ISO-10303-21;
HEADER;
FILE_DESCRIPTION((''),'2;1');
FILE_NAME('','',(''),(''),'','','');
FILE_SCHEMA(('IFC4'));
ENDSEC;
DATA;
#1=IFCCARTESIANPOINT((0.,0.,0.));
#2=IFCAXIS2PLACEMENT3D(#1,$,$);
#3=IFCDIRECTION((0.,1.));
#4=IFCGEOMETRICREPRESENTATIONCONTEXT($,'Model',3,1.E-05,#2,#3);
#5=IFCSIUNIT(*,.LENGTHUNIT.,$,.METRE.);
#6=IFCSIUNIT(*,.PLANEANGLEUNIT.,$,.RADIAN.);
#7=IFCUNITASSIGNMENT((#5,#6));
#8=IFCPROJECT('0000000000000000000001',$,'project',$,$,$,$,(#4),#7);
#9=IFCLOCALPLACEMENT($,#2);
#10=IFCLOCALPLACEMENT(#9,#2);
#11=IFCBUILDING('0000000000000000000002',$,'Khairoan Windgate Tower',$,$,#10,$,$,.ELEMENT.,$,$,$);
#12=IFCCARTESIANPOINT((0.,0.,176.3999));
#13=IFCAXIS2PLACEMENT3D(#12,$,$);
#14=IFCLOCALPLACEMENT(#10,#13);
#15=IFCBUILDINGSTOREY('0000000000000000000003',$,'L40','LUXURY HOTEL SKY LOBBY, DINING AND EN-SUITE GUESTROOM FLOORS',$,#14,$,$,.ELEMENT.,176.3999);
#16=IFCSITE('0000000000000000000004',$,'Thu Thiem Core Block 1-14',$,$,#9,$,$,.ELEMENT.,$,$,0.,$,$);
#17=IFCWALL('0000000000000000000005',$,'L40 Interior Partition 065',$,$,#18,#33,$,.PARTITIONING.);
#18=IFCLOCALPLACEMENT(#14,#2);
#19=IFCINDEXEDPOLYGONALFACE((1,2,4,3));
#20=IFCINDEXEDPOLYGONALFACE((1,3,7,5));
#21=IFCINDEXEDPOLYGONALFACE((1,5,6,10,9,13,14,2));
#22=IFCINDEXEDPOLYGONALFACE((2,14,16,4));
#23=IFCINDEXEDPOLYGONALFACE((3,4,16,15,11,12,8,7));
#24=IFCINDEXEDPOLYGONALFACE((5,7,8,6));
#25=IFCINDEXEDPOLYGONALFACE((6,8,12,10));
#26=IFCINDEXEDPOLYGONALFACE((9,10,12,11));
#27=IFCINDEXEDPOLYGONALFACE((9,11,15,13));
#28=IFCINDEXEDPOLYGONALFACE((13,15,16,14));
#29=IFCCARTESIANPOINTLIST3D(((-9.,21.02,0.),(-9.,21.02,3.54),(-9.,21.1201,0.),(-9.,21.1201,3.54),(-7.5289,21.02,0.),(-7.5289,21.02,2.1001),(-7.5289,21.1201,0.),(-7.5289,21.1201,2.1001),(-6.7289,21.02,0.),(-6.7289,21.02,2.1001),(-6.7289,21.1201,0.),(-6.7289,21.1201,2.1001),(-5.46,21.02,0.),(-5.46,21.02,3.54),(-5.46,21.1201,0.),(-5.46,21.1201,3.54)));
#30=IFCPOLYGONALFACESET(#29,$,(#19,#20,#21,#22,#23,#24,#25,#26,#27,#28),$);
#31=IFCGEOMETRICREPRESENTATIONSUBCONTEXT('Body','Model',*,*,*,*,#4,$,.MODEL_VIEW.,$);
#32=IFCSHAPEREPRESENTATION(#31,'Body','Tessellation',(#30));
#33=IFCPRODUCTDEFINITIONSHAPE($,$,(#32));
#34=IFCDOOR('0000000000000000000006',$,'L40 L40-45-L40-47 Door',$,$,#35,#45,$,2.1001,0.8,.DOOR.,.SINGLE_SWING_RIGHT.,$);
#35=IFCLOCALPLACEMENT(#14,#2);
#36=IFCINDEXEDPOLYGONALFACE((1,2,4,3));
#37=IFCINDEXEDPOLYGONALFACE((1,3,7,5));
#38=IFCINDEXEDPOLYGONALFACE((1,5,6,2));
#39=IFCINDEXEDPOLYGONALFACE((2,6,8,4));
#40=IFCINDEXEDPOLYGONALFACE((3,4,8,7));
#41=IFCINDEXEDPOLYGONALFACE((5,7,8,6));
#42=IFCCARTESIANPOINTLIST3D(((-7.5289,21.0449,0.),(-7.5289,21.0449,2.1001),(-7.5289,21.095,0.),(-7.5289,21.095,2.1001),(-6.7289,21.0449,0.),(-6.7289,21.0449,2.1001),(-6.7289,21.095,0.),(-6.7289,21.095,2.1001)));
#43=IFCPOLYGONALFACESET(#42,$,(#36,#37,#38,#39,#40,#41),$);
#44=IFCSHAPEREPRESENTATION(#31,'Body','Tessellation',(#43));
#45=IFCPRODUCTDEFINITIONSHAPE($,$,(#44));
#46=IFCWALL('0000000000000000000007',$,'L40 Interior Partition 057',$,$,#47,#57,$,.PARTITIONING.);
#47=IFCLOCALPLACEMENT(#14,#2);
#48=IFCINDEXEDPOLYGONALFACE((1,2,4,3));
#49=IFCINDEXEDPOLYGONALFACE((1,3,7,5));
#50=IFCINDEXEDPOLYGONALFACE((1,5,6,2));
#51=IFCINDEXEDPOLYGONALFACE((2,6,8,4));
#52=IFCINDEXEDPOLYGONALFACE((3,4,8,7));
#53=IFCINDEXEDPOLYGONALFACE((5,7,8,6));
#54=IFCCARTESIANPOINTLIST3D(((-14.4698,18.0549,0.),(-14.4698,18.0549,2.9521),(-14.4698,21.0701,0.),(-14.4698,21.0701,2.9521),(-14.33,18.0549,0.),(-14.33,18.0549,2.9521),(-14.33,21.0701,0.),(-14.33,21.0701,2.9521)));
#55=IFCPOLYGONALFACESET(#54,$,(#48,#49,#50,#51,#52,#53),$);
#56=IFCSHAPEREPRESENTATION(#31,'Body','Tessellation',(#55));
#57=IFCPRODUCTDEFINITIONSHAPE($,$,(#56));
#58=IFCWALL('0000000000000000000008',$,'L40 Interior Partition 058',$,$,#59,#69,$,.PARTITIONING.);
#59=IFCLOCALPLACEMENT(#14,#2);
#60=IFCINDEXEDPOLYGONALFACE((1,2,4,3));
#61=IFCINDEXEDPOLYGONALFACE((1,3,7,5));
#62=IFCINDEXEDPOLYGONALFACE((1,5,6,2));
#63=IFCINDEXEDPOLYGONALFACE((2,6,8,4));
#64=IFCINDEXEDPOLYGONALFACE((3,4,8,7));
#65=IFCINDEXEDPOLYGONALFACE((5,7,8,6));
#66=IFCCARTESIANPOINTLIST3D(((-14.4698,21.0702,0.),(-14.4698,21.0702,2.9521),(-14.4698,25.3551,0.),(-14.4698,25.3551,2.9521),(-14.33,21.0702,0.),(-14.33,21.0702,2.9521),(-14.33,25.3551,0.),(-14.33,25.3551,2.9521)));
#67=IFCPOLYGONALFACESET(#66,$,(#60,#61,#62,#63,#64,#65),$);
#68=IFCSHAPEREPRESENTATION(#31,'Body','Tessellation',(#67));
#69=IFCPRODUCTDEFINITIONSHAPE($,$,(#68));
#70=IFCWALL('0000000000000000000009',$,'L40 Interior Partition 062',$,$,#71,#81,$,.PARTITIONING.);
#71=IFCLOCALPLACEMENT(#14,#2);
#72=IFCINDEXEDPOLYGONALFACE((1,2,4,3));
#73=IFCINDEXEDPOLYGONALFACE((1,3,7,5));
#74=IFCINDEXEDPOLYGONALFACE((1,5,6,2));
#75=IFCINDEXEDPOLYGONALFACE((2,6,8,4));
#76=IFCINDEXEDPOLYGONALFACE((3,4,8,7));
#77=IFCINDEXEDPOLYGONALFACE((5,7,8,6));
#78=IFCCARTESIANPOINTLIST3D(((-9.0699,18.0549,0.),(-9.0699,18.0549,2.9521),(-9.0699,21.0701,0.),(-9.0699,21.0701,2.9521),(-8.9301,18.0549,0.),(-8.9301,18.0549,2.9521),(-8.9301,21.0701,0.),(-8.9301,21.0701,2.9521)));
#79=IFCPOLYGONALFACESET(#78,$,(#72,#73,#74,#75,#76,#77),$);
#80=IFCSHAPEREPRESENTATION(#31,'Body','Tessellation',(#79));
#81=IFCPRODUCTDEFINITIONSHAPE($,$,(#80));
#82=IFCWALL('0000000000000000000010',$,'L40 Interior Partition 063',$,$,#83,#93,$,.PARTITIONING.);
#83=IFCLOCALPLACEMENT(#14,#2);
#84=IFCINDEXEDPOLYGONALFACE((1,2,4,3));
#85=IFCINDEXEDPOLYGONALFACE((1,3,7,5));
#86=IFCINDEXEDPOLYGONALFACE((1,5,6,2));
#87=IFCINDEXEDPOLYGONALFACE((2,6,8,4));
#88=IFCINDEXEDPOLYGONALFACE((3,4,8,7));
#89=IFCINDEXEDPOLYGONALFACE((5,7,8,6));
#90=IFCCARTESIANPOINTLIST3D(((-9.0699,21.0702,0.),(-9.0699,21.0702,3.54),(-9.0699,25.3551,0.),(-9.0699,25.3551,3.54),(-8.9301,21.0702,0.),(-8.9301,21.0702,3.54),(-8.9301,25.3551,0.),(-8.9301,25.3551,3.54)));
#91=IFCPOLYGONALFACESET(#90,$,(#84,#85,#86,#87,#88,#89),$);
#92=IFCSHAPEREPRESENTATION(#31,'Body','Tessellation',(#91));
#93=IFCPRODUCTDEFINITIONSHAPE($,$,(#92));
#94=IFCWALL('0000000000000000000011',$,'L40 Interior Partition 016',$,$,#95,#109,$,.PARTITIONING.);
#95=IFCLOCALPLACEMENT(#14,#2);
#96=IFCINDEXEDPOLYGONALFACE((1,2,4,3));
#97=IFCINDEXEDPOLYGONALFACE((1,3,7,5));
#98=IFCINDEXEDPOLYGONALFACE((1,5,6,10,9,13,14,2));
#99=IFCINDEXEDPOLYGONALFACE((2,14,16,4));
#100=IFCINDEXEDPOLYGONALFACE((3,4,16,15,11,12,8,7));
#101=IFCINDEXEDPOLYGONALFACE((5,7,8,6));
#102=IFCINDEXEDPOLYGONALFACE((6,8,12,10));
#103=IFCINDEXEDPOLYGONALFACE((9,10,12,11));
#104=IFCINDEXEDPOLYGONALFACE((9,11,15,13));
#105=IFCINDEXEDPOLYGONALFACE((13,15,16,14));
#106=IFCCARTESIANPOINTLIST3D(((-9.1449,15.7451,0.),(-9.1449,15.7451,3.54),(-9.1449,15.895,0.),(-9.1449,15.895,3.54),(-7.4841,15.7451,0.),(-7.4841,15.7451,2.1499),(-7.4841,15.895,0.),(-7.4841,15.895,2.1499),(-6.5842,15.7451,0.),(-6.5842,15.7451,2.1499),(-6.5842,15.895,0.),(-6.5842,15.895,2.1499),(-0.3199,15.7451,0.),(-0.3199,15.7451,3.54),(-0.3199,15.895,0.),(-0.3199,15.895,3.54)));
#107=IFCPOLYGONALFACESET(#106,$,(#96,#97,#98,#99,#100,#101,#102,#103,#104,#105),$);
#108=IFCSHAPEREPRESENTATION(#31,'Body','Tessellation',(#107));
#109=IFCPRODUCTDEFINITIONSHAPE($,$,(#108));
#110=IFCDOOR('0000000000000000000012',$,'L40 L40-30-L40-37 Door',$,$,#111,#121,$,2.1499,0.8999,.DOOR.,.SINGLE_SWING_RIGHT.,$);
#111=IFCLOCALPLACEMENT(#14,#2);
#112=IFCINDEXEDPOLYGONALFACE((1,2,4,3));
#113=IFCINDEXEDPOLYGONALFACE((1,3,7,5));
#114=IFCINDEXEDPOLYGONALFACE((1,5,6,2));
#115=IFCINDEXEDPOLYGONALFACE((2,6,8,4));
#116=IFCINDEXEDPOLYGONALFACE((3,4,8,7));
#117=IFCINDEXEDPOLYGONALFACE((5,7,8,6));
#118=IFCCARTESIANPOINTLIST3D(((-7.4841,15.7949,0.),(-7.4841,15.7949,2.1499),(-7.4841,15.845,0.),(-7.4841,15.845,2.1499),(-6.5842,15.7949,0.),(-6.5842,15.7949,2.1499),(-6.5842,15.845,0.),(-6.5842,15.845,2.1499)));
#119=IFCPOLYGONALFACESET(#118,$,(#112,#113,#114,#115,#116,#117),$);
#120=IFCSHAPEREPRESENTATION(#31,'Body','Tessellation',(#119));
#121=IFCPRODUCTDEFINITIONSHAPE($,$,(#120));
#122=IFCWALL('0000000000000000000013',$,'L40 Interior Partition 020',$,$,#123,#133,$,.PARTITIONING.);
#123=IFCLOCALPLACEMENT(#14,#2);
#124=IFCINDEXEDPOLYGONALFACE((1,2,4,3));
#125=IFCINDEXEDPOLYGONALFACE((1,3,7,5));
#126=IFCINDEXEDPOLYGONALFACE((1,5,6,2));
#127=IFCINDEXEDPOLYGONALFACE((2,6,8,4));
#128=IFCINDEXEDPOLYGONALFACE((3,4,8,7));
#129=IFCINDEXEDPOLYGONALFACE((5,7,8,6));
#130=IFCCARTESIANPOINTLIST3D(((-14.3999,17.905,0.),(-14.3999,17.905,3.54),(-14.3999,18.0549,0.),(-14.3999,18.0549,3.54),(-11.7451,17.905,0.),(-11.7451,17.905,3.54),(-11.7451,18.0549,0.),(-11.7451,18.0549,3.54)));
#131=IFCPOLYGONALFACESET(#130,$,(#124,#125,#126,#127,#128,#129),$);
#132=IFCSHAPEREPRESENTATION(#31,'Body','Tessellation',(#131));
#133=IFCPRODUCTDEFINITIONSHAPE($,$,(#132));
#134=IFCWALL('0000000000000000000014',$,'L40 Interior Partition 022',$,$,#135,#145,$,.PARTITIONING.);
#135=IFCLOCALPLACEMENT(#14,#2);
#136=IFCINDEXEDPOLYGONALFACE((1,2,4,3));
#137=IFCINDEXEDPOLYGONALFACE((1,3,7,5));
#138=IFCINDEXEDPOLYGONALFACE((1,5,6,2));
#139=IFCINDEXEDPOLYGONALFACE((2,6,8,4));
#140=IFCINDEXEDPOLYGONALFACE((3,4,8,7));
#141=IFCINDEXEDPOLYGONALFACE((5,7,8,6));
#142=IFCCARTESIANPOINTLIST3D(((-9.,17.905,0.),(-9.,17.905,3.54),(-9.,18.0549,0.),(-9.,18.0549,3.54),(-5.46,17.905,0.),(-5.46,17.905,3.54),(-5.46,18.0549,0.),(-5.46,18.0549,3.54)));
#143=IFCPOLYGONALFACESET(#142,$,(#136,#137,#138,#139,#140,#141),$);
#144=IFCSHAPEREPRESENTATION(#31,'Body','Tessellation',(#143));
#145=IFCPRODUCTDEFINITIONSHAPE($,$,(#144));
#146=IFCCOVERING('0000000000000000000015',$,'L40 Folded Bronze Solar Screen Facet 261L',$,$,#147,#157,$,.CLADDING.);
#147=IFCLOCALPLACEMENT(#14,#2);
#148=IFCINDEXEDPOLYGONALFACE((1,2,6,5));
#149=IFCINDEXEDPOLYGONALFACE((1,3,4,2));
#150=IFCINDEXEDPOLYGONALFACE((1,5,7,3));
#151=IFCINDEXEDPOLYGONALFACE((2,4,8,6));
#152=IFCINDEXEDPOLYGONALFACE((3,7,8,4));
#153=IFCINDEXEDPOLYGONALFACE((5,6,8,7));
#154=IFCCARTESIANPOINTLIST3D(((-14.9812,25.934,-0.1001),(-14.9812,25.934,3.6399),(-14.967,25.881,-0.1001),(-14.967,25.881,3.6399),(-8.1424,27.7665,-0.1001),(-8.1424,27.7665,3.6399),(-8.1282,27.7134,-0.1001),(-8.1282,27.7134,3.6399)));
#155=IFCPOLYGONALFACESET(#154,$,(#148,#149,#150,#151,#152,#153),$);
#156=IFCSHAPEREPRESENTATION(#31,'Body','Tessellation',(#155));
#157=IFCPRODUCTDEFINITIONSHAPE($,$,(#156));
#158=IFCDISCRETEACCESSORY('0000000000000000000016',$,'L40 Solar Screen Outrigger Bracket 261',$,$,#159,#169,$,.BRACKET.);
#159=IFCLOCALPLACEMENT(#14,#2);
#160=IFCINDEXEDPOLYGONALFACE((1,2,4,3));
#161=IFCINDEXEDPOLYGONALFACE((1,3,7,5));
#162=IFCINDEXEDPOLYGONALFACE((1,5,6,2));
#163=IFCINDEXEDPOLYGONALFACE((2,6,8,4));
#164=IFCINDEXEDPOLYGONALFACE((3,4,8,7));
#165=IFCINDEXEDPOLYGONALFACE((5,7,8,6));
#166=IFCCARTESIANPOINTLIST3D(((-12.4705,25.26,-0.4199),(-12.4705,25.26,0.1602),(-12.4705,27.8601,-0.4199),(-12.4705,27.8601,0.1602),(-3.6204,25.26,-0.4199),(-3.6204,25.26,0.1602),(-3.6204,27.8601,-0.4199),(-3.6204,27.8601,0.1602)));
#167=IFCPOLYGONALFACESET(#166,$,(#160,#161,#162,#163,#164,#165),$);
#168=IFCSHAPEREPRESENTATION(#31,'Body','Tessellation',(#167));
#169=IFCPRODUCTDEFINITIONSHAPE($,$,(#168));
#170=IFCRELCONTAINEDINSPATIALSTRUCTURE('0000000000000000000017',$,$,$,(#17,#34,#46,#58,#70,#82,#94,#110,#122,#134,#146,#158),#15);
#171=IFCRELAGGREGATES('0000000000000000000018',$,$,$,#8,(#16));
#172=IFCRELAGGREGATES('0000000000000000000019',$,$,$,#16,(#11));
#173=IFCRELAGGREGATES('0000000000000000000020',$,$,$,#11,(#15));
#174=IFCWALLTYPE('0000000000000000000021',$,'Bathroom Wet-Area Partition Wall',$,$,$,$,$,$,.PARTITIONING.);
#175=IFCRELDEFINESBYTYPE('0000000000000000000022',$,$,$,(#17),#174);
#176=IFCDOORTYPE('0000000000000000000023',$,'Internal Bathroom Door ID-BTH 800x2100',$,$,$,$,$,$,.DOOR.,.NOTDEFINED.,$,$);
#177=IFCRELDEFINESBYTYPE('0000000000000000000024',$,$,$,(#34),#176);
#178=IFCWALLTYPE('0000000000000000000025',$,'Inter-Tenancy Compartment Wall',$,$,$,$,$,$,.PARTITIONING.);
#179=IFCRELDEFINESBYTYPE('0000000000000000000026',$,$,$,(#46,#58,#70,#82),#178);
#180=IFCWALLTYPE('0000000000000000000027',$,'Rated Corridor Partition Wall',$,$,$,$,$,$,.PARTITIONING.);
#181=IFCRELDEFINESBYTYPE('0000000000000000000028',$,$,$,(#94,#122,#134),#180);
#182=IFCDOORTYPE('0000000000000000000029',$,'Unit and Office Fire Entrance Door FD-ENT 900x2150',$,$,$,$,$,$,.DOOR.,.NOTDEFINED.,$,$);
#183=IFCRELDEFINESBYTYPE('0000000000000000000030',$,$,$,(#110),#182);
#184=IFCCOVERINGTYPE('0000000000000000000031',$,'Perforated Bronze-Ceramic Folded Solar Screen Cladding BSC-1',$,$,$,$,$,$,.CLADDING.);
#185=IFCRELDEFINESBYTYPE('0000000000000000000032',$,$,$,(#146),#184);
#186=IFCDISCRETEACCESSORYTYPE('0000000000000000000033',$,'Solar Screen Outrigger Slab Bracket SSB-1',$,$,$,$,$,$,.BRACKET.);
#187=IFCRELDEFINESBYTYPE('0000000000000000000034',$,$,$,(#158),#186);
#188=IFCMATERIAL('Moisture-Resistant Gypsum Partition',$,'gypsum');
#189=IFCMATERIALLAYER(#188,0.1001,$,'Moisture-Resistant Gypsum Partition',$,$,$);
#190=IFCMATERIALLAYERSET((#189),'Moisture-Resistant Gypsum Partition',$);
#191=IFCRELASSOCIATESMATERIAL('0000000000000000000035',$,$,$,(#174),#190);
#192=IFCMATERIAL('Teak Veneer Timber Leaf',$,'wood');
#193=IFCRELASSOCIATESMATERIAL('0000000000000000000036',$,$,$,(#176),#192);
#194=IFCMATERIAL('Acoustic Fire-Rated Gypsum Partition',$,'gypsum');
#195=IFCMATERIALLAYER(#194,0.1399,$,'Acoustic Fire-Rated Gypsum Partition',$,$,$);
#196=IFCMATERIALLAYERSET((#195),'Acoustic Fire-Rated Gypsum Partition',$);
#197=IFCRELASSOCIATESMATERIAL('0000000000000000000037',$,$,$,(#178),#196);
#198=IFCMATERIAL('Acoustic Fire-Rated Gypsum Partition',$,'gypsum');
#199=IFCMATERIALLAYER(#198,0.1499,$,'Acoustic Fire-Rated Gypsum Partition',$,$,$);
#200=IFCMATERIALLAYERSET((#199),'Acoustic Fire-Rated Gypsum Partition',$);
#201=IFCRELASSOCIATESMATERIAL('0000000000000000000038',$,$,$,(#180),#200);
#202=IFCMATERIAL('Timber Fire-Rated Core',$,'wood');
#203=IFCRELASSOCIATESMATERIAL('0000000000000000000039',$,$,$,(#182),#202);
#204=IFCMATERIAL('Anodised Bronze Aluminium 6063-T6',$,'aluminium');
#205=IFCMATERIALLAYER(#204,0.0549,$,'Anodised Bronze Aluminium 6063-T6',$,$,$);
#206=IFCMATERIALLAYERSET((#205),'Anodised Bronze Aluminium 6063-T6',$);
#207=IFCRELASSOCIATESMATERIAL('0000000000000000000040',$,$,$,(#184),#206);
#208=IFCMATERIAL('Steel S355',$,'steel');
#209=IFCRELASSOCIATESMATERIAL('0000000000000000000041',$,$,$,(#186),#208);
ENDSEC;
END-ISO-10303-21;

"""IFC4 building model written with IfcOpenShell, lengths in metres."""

from ifc_helpers import new_model, si_unit, direction, frame, frame_2d, origin, origin_2d, place, context, subcontext, project, spatial, rectangle, extrude, material, layer, layer_set, type_object, element, fill, save


model = new_model("IFC4")

# Units and contexts
model_context = context("Model", 3, precision=1e-05, world=origin(), true_north=direction((0.0, 1.0)))
body_context = subcontext(model_context, "Body", "Model", "MODEL_VIEW")
ifc_project = project(units=[si_unit("LENGTHUNIT", "METRE"), si_unit("PLANEANGLEUNIT", "RADIAN")], contexts=[model_context])

# Site, building, storey
site_placement = place(None, origin())
site = spatial("IfcSite", under=ifc_project, at=site_placement, Name="Thu Thiem Core Block 1-14", CompositionType="ELEMENT", RefElevation=0.0)
building_placement = place(site_placement, origin())
building = spatial("IfcBuilding", under=site, at=building_placement, Name="Khairoan Windgate Tower", CompositionType="ELEMENT")
storey_placement = place(building_placement, frame((0.0, 0.0, 176.3999)))
storey = spatial("IfcBuildingStorey", under=building, at=storey_placement, Name="L40", Description="LUXURY HOTEL SKY LOBBY, DINING AND EN-SUITE GUESTROOM FLOORS", CompositionType="ELEMENT", Elevation=176.3999)

# Wall, opening, door
ifc_material_1 = material(Name="Moisture-Resistant Gypsum Partition", Category="gypsum")
ifc_layer_1 = layer(ifc_material_1, 0.1001, Name="Moisture-Resistant Gypsum Partition")
ifc_layer_set_1 = layer_set([ifc_layer_1], Name="Moisture-Resistant Gypsum Partition")
wall_type_1 = type_object("IfcWallType", Name="Bathroom Wet-Area Partition Wall", PredefinedType="PARTITIONING", material=ifc_layer_set_1)
ifc_material_2 = material(Name="Teak Veneer Timber Leaf", Category="wood")
door_type_1 = type_object("IfcDoorType", Name="Internal Bathroom Door ID-BTH 800x2100", OperationType="NOTDEFINED", PredefinedType="DOOR", material=ifc_material_2)
wall_1_placement = place(storey_placement, frame((-9.0, 21.0701, 0.0), z_axis=(0.0, 0.0, 1.0), x_axis=(1.0, 0.0, 0.0)))
wall_1 = element("IfcWall", 1, at=wall_1_placement, inside=storey, type_object=wall_type_1, Name="L40 Interior Partition 065", PredefinedType="PARTITIONING", context=body_context, shape_type="SweptSolid", body=[
    extrude(rectangle(XDim=3.54, YDim=0.1001, at=frame_2d((1.77, 0.0))), origin(), (0.0, 0.0, 1.0), 3.54),
])
opening_1_placement = place(wall_1_placement, frame((1.4712, 0.0, 0.0)))
opening_1 = element("IfcOpeningElement", 2, at=opening_1_placement, cuts=wall_1, PredefinedType="OPENING", context=body_context, shape_type="SweptSolid", body=[
    extrude(rectangle(XDim=0.8, YDim=2.1001, at=frame_2d((0.3999, 1.05))), frame((0.0, 0.0601, 0.0), z_axis=(0.0, -1.0, 0.0), x_axis=(1.0, 0.0, 0.0)), (0.0, 0.0, 1.0), 0.1201),
])
door_1_placement = place(opening_1_placement, origin())
door_1 = element("IfcDoor", 3, at=door_1_placement, inside=storey, type_object=door_type_1, Name="L40 L40-45-L40-47 Door", OperationType="SINGLE_SWING_RIGHT", OverallHeight=2.1001, OverallWidth=0.8, PredefinedType="DOOR", context=body_context, shape_type="SweptSolid", body=[
    extrude(rectangle(XDim=0.8, YDim=2.1001, at=frame_2d((0.3999, 1.05))), frame((0.0, 0.0249, 0.0), z_axis=(0.0, -1.0, 0.0), x_axis=(1.0, 0.0, 0.0)), (0.0, 0.0, 1.0), 0.05),
])
fill(opening_1, door_1)

# Walls
ifc_material_3 = material(Name="Acoustic Fire-Rated Gypsum Partition", Category="gypsum")
ifc_layer_2 = layer(ifc_material_3, 0.1399, Name="Acoustic Fire-Rated Gypsum Partition")
ifc_layer_set_2 = layer_set([ifc_layer_2], Name="Acoustic Fire-Rated Gypsum Partition")
wall_type_2 = type_object("IfcWallType", Name="Inter-Tenancy Compartment Wall", PredefinedType="PARTITIONING", material=ifc_layer_set_2)
wall_2_placement = place(storey_placement, frame((-14.3999, 18.0549, 0.0), z_axis=(0.0, 0.0, 1.0), x_axis=(0.0, 1.0, 0.0)))
element("IfcWall", 4, at=wall_2_placement, inside=storey, type_object=wall_type_2, Name="L40 Interior Partition 057", PredefinedType="PARTITIONING", context=body_context, shape_type="SweptSolid", body=[
    extrude(rectangle(XDim=3.0151, YDim=0.1399, at=frame_2d((1.5076, 0.0))), origin(), (0.0, 0.0, 1.0), 2.9521),
])
wall_3_placement = place(storey_placement, frame((-14.3999, 21.0701, 0.0), z_axis=(0.0, 0.0, 1.0), x_axis=(0.0, 1.0, 0.0)))
element("IfcWall", 5, at=wall_3_placement, inside=storey, type_object=wall_type_2, Name="L40 Interior Partition 058", PredefinedType="PARTITIONING", context=body_context, shape_type="SweptSolid", body=[
    extrude(rectangle(XDim=4.2849, YDim=0.1399, at=frame_2d((2.1426, 0.0))), origin(), (0.0, 0.0, 1.0), 2.9521),
])
wall_4_placement = place(storey_placement, frame((-9.0, 18.0549, 0.0), z_axis=(0.0, 0.0, 1.0), x_axis=(0.0, 1.0, 0.0)))
element("IfcWall", 6, at=wall_4_placement, inside=storey, type_object=wall_type_2, Name="L40 Interior Partition 062", PredefinedType="PARTITIONING", context=body_context, shape_type="SweptSolid", body=[
    extrude(rectangle(XDim=3.0151, YDim=0.1399, at=frame_2d((1.5076, 0.0))), origin(), (0.0, 0.0, 1.0), 2.9521),
])
wall_5_placement = place(storey_placement, frame((-9.0, 21.0701, 0.0), z_axis=(0.0, 0.0, 1.0), x_axis=(0.0, 1.0, 0.0)))
element("IfcWall", 7, at=wall_5_placement, inside=storey, type_object=wall_type_2, Name="L40 Interior Partition 063", PredefinedType="PARTITIONING", context=body_context, shape_type="SweptSolid", body=[
    extrude(rectangle(XDim=4.2849, YDim=0.1399, at=frame_2d((2.1426, 0.0))), origin(), (0.0, 0.0, 1.0), 3.54),
])

# Wall, opening, door
ifc_material_4 = material(Name="Acoustic Fire-Rated Gypsum Partition", Category="gypsum")
ifc_layer_3 = layer(ifc_material_4, 0.1499, Name="Acoustic Fire-Rated Gypsum Partition")
ifc_layer_set_3 = layer_set([ifc_layer_3], Name="Acoustic Fire-Rated Gypsum Partition")
wall_type_3 = type_object("IfcWallType", Name="Rated Corridor Partition Wall", PredefinedType="PARTITIONING", material=ifc_layer_set_3)
wall_6_placement = place(storey_placement, frame((-9.145, 15.8201, 0.0), z_axis=(0.0, 0.0, 1.0), x_axis=(1.0, 0.0, 0.0)))
wall_6 = element("IfcWall", 8, at=wall_6_placement, inside=storey, type_object=wall_type_3, Name="L40 Interior Partition 016", PredefinedType="PARTITIONING", context=body_context, shape_type="SweptSolid", body=[
    extrude(rectangle(XDim=8.825, YDim=0.1499, at=frame_2d((4.4126, 0.0))), origin(), (0.0, 0.0, 1.0), 3.54),
])
opening_2_placement = place(wall_6_placement, frame((1.6609, 0.0, 0.0)))
opening_2 = element("IfcOpeningElement", 9, at=opening_2_placement, cuts=wall_6, PredefinedType="OPENING", context=body_context, shape_type="SweptSolid", body=[
    extrude(rectangle(XDim=0.8999, YDim=2.1499, at=frame_2d((0.45, 1.075))), frame((0.0, 0.085, 0.0), z_axis=(0.0, -1.0, 0.0), x_axis=(1.0, 0.0, 0.0)), (0.0, 0.0, 1.0), 0.1699),
])
ifc_material_5 = material(Name="Timber Fire-Rated Core", Category="wood")
door_type_2 = type_object("IfcDoorType", Name="Unit and Office Fire Entrance Door FD-ENT 900x2150", OperationType="NOTDEFINED", PredefinedType="DOOR", material=ifc_material_5)
door_2_placement = place(opening_2_placement, origin())
door_2 = element("IfcDoor", 10, at=door_2_placement, inside=storey, type_object=door_type_2, Name="L40 L40-30-L40-37 Door", OperationType="SINGLE_SWING_RIGHT", OverallHeight=2.1499, OverallWidth=0.8999, PredefinedType="DOOR", context=body_context, shape_type="SweptSolid", body=[
    extrude(rectangle(XDim=0.8999, YDim=2.1499, at=frame_2d((0.45, 1.075))), frame((0.0, 0.0249, 0.0), z_axis=(0.0, -1.0, 0.0), x_axis=(1.0, 0.0, 0.0)), (0.0, 0.0, 1.0), 0.05),
])
fill(opening_2, door_2)

# Wall
wall_7_placement = place(storey_placement, frame((-14.3999, 17.98, 0.0), z_axis=(0.0, 0.0, 1.0), x_axis=(1.0, 0.0, 0.0)))
element("IfcWall", 11, at=wall_7_placement, inside=storey, type_object=wall_type_3, Name="L40 Interior Partition 020", PredefinedType="PARTITIONING", context=body_context, shape_type="SweptSolid", body=[
    extrude(rectangle(XDim=2.6548, YDim=0.1499, at=frame_2d((1.3274, 0.0))), origin(), (0.0, 0.0, 1.0), 3.54),
])

# Wall
wall_8_placement = place(storey_placement, frame((-9.0, 17.98, 0.0), z_axis=(0.0, 0.0, 1.0), x_axis=(1.0, 0.0, 0.0)))
element("IfcWall", 12, at=wall_8_placement, inside=storey, type_object=wall_type_3, Name="L40 Interior Partition 022", PredefinedType="PARTITIONING", context=body_context, shape_type="SweptSolid", body=[
    extrude(rectangle(XDim=3.54, YDim=0.1499, at=frame_2d((1.77, 0.0))), origin(), (0.0, 0.0, 1.0), 3.54),
])

# Covering
ifc_material_6 = material(Name="Anodised Bronze Aluminium 6063-T6", Category="aluminium")
ifc_layer_4 = layer(ifc_material_6, 0.0549, Name="Anodised Bronze Aluminium 6063-T6")
ifc_layer_set_4 = layer_set([ifc_layer_4], Name="Anodised Bronze Aluminium 6063-T6")
covering_type = type_object("IfcCoveringType", Name="Perforated Bronze-Ceramic Folded Solar Screen Cladding BSC-1", PredefinedType="CLADDING", material=ifc_layer_set_4)
covering_placement = place(storey_placement, frame((-11.5547, 26.8237, -0.1001), z_axis=(0.0, 0.0, 1.0), x_axis=(0.965926, 0.258819, 0.0)))
element("IfcCovering", 13, at=covering_placement, inside=storey, type_object=covering_type, Name="L40 Folded Bronze Solar Screen Facet 261L", PredefinedType="CLADDING", context=body_context, shape_type="SweptSolid", body=[
    extrude(rectangle(XDim=7.0801, YDim=0.0549, at=origin_2d()), origin(), (0.0, 0.0, 1.0), 3.74),
])

# Discrete accessory
ifc_material_7 = material(Name="Steel S355", Category="steel")
discrete_accessory_type = type_object("IfcDiscreteAccessoryType", Name="Solar Screen Outrigger Slab Bracket SSB-1", PredefinedType="BRACKET", material=ifc_material_7)
discrete_accessory_placement = place(storey_placement, frame((-8.0454, 26.5601, -0.4199), z_axis=(0.0, 0.0, 1.0), x_axis=(1.0, 0.0, 0.0)))
element("IfcDiscreteAccessory", 14, at=discrete_accessory_placement, inside=storey, type_object=discrete_accessory_type, Name="L40 Solar Screen Outrigger Bracket 261", PredefinedType="BRACKET", context=body_context, shape_type="SweptSolid", body=[
    extrude(rectangle(XDim=8.8501, YDim=2.6001, at=origin_2d()), origin(), (0.0, 0.0, 1.0), 0.5801),
])

save(model, "model.ifc")
